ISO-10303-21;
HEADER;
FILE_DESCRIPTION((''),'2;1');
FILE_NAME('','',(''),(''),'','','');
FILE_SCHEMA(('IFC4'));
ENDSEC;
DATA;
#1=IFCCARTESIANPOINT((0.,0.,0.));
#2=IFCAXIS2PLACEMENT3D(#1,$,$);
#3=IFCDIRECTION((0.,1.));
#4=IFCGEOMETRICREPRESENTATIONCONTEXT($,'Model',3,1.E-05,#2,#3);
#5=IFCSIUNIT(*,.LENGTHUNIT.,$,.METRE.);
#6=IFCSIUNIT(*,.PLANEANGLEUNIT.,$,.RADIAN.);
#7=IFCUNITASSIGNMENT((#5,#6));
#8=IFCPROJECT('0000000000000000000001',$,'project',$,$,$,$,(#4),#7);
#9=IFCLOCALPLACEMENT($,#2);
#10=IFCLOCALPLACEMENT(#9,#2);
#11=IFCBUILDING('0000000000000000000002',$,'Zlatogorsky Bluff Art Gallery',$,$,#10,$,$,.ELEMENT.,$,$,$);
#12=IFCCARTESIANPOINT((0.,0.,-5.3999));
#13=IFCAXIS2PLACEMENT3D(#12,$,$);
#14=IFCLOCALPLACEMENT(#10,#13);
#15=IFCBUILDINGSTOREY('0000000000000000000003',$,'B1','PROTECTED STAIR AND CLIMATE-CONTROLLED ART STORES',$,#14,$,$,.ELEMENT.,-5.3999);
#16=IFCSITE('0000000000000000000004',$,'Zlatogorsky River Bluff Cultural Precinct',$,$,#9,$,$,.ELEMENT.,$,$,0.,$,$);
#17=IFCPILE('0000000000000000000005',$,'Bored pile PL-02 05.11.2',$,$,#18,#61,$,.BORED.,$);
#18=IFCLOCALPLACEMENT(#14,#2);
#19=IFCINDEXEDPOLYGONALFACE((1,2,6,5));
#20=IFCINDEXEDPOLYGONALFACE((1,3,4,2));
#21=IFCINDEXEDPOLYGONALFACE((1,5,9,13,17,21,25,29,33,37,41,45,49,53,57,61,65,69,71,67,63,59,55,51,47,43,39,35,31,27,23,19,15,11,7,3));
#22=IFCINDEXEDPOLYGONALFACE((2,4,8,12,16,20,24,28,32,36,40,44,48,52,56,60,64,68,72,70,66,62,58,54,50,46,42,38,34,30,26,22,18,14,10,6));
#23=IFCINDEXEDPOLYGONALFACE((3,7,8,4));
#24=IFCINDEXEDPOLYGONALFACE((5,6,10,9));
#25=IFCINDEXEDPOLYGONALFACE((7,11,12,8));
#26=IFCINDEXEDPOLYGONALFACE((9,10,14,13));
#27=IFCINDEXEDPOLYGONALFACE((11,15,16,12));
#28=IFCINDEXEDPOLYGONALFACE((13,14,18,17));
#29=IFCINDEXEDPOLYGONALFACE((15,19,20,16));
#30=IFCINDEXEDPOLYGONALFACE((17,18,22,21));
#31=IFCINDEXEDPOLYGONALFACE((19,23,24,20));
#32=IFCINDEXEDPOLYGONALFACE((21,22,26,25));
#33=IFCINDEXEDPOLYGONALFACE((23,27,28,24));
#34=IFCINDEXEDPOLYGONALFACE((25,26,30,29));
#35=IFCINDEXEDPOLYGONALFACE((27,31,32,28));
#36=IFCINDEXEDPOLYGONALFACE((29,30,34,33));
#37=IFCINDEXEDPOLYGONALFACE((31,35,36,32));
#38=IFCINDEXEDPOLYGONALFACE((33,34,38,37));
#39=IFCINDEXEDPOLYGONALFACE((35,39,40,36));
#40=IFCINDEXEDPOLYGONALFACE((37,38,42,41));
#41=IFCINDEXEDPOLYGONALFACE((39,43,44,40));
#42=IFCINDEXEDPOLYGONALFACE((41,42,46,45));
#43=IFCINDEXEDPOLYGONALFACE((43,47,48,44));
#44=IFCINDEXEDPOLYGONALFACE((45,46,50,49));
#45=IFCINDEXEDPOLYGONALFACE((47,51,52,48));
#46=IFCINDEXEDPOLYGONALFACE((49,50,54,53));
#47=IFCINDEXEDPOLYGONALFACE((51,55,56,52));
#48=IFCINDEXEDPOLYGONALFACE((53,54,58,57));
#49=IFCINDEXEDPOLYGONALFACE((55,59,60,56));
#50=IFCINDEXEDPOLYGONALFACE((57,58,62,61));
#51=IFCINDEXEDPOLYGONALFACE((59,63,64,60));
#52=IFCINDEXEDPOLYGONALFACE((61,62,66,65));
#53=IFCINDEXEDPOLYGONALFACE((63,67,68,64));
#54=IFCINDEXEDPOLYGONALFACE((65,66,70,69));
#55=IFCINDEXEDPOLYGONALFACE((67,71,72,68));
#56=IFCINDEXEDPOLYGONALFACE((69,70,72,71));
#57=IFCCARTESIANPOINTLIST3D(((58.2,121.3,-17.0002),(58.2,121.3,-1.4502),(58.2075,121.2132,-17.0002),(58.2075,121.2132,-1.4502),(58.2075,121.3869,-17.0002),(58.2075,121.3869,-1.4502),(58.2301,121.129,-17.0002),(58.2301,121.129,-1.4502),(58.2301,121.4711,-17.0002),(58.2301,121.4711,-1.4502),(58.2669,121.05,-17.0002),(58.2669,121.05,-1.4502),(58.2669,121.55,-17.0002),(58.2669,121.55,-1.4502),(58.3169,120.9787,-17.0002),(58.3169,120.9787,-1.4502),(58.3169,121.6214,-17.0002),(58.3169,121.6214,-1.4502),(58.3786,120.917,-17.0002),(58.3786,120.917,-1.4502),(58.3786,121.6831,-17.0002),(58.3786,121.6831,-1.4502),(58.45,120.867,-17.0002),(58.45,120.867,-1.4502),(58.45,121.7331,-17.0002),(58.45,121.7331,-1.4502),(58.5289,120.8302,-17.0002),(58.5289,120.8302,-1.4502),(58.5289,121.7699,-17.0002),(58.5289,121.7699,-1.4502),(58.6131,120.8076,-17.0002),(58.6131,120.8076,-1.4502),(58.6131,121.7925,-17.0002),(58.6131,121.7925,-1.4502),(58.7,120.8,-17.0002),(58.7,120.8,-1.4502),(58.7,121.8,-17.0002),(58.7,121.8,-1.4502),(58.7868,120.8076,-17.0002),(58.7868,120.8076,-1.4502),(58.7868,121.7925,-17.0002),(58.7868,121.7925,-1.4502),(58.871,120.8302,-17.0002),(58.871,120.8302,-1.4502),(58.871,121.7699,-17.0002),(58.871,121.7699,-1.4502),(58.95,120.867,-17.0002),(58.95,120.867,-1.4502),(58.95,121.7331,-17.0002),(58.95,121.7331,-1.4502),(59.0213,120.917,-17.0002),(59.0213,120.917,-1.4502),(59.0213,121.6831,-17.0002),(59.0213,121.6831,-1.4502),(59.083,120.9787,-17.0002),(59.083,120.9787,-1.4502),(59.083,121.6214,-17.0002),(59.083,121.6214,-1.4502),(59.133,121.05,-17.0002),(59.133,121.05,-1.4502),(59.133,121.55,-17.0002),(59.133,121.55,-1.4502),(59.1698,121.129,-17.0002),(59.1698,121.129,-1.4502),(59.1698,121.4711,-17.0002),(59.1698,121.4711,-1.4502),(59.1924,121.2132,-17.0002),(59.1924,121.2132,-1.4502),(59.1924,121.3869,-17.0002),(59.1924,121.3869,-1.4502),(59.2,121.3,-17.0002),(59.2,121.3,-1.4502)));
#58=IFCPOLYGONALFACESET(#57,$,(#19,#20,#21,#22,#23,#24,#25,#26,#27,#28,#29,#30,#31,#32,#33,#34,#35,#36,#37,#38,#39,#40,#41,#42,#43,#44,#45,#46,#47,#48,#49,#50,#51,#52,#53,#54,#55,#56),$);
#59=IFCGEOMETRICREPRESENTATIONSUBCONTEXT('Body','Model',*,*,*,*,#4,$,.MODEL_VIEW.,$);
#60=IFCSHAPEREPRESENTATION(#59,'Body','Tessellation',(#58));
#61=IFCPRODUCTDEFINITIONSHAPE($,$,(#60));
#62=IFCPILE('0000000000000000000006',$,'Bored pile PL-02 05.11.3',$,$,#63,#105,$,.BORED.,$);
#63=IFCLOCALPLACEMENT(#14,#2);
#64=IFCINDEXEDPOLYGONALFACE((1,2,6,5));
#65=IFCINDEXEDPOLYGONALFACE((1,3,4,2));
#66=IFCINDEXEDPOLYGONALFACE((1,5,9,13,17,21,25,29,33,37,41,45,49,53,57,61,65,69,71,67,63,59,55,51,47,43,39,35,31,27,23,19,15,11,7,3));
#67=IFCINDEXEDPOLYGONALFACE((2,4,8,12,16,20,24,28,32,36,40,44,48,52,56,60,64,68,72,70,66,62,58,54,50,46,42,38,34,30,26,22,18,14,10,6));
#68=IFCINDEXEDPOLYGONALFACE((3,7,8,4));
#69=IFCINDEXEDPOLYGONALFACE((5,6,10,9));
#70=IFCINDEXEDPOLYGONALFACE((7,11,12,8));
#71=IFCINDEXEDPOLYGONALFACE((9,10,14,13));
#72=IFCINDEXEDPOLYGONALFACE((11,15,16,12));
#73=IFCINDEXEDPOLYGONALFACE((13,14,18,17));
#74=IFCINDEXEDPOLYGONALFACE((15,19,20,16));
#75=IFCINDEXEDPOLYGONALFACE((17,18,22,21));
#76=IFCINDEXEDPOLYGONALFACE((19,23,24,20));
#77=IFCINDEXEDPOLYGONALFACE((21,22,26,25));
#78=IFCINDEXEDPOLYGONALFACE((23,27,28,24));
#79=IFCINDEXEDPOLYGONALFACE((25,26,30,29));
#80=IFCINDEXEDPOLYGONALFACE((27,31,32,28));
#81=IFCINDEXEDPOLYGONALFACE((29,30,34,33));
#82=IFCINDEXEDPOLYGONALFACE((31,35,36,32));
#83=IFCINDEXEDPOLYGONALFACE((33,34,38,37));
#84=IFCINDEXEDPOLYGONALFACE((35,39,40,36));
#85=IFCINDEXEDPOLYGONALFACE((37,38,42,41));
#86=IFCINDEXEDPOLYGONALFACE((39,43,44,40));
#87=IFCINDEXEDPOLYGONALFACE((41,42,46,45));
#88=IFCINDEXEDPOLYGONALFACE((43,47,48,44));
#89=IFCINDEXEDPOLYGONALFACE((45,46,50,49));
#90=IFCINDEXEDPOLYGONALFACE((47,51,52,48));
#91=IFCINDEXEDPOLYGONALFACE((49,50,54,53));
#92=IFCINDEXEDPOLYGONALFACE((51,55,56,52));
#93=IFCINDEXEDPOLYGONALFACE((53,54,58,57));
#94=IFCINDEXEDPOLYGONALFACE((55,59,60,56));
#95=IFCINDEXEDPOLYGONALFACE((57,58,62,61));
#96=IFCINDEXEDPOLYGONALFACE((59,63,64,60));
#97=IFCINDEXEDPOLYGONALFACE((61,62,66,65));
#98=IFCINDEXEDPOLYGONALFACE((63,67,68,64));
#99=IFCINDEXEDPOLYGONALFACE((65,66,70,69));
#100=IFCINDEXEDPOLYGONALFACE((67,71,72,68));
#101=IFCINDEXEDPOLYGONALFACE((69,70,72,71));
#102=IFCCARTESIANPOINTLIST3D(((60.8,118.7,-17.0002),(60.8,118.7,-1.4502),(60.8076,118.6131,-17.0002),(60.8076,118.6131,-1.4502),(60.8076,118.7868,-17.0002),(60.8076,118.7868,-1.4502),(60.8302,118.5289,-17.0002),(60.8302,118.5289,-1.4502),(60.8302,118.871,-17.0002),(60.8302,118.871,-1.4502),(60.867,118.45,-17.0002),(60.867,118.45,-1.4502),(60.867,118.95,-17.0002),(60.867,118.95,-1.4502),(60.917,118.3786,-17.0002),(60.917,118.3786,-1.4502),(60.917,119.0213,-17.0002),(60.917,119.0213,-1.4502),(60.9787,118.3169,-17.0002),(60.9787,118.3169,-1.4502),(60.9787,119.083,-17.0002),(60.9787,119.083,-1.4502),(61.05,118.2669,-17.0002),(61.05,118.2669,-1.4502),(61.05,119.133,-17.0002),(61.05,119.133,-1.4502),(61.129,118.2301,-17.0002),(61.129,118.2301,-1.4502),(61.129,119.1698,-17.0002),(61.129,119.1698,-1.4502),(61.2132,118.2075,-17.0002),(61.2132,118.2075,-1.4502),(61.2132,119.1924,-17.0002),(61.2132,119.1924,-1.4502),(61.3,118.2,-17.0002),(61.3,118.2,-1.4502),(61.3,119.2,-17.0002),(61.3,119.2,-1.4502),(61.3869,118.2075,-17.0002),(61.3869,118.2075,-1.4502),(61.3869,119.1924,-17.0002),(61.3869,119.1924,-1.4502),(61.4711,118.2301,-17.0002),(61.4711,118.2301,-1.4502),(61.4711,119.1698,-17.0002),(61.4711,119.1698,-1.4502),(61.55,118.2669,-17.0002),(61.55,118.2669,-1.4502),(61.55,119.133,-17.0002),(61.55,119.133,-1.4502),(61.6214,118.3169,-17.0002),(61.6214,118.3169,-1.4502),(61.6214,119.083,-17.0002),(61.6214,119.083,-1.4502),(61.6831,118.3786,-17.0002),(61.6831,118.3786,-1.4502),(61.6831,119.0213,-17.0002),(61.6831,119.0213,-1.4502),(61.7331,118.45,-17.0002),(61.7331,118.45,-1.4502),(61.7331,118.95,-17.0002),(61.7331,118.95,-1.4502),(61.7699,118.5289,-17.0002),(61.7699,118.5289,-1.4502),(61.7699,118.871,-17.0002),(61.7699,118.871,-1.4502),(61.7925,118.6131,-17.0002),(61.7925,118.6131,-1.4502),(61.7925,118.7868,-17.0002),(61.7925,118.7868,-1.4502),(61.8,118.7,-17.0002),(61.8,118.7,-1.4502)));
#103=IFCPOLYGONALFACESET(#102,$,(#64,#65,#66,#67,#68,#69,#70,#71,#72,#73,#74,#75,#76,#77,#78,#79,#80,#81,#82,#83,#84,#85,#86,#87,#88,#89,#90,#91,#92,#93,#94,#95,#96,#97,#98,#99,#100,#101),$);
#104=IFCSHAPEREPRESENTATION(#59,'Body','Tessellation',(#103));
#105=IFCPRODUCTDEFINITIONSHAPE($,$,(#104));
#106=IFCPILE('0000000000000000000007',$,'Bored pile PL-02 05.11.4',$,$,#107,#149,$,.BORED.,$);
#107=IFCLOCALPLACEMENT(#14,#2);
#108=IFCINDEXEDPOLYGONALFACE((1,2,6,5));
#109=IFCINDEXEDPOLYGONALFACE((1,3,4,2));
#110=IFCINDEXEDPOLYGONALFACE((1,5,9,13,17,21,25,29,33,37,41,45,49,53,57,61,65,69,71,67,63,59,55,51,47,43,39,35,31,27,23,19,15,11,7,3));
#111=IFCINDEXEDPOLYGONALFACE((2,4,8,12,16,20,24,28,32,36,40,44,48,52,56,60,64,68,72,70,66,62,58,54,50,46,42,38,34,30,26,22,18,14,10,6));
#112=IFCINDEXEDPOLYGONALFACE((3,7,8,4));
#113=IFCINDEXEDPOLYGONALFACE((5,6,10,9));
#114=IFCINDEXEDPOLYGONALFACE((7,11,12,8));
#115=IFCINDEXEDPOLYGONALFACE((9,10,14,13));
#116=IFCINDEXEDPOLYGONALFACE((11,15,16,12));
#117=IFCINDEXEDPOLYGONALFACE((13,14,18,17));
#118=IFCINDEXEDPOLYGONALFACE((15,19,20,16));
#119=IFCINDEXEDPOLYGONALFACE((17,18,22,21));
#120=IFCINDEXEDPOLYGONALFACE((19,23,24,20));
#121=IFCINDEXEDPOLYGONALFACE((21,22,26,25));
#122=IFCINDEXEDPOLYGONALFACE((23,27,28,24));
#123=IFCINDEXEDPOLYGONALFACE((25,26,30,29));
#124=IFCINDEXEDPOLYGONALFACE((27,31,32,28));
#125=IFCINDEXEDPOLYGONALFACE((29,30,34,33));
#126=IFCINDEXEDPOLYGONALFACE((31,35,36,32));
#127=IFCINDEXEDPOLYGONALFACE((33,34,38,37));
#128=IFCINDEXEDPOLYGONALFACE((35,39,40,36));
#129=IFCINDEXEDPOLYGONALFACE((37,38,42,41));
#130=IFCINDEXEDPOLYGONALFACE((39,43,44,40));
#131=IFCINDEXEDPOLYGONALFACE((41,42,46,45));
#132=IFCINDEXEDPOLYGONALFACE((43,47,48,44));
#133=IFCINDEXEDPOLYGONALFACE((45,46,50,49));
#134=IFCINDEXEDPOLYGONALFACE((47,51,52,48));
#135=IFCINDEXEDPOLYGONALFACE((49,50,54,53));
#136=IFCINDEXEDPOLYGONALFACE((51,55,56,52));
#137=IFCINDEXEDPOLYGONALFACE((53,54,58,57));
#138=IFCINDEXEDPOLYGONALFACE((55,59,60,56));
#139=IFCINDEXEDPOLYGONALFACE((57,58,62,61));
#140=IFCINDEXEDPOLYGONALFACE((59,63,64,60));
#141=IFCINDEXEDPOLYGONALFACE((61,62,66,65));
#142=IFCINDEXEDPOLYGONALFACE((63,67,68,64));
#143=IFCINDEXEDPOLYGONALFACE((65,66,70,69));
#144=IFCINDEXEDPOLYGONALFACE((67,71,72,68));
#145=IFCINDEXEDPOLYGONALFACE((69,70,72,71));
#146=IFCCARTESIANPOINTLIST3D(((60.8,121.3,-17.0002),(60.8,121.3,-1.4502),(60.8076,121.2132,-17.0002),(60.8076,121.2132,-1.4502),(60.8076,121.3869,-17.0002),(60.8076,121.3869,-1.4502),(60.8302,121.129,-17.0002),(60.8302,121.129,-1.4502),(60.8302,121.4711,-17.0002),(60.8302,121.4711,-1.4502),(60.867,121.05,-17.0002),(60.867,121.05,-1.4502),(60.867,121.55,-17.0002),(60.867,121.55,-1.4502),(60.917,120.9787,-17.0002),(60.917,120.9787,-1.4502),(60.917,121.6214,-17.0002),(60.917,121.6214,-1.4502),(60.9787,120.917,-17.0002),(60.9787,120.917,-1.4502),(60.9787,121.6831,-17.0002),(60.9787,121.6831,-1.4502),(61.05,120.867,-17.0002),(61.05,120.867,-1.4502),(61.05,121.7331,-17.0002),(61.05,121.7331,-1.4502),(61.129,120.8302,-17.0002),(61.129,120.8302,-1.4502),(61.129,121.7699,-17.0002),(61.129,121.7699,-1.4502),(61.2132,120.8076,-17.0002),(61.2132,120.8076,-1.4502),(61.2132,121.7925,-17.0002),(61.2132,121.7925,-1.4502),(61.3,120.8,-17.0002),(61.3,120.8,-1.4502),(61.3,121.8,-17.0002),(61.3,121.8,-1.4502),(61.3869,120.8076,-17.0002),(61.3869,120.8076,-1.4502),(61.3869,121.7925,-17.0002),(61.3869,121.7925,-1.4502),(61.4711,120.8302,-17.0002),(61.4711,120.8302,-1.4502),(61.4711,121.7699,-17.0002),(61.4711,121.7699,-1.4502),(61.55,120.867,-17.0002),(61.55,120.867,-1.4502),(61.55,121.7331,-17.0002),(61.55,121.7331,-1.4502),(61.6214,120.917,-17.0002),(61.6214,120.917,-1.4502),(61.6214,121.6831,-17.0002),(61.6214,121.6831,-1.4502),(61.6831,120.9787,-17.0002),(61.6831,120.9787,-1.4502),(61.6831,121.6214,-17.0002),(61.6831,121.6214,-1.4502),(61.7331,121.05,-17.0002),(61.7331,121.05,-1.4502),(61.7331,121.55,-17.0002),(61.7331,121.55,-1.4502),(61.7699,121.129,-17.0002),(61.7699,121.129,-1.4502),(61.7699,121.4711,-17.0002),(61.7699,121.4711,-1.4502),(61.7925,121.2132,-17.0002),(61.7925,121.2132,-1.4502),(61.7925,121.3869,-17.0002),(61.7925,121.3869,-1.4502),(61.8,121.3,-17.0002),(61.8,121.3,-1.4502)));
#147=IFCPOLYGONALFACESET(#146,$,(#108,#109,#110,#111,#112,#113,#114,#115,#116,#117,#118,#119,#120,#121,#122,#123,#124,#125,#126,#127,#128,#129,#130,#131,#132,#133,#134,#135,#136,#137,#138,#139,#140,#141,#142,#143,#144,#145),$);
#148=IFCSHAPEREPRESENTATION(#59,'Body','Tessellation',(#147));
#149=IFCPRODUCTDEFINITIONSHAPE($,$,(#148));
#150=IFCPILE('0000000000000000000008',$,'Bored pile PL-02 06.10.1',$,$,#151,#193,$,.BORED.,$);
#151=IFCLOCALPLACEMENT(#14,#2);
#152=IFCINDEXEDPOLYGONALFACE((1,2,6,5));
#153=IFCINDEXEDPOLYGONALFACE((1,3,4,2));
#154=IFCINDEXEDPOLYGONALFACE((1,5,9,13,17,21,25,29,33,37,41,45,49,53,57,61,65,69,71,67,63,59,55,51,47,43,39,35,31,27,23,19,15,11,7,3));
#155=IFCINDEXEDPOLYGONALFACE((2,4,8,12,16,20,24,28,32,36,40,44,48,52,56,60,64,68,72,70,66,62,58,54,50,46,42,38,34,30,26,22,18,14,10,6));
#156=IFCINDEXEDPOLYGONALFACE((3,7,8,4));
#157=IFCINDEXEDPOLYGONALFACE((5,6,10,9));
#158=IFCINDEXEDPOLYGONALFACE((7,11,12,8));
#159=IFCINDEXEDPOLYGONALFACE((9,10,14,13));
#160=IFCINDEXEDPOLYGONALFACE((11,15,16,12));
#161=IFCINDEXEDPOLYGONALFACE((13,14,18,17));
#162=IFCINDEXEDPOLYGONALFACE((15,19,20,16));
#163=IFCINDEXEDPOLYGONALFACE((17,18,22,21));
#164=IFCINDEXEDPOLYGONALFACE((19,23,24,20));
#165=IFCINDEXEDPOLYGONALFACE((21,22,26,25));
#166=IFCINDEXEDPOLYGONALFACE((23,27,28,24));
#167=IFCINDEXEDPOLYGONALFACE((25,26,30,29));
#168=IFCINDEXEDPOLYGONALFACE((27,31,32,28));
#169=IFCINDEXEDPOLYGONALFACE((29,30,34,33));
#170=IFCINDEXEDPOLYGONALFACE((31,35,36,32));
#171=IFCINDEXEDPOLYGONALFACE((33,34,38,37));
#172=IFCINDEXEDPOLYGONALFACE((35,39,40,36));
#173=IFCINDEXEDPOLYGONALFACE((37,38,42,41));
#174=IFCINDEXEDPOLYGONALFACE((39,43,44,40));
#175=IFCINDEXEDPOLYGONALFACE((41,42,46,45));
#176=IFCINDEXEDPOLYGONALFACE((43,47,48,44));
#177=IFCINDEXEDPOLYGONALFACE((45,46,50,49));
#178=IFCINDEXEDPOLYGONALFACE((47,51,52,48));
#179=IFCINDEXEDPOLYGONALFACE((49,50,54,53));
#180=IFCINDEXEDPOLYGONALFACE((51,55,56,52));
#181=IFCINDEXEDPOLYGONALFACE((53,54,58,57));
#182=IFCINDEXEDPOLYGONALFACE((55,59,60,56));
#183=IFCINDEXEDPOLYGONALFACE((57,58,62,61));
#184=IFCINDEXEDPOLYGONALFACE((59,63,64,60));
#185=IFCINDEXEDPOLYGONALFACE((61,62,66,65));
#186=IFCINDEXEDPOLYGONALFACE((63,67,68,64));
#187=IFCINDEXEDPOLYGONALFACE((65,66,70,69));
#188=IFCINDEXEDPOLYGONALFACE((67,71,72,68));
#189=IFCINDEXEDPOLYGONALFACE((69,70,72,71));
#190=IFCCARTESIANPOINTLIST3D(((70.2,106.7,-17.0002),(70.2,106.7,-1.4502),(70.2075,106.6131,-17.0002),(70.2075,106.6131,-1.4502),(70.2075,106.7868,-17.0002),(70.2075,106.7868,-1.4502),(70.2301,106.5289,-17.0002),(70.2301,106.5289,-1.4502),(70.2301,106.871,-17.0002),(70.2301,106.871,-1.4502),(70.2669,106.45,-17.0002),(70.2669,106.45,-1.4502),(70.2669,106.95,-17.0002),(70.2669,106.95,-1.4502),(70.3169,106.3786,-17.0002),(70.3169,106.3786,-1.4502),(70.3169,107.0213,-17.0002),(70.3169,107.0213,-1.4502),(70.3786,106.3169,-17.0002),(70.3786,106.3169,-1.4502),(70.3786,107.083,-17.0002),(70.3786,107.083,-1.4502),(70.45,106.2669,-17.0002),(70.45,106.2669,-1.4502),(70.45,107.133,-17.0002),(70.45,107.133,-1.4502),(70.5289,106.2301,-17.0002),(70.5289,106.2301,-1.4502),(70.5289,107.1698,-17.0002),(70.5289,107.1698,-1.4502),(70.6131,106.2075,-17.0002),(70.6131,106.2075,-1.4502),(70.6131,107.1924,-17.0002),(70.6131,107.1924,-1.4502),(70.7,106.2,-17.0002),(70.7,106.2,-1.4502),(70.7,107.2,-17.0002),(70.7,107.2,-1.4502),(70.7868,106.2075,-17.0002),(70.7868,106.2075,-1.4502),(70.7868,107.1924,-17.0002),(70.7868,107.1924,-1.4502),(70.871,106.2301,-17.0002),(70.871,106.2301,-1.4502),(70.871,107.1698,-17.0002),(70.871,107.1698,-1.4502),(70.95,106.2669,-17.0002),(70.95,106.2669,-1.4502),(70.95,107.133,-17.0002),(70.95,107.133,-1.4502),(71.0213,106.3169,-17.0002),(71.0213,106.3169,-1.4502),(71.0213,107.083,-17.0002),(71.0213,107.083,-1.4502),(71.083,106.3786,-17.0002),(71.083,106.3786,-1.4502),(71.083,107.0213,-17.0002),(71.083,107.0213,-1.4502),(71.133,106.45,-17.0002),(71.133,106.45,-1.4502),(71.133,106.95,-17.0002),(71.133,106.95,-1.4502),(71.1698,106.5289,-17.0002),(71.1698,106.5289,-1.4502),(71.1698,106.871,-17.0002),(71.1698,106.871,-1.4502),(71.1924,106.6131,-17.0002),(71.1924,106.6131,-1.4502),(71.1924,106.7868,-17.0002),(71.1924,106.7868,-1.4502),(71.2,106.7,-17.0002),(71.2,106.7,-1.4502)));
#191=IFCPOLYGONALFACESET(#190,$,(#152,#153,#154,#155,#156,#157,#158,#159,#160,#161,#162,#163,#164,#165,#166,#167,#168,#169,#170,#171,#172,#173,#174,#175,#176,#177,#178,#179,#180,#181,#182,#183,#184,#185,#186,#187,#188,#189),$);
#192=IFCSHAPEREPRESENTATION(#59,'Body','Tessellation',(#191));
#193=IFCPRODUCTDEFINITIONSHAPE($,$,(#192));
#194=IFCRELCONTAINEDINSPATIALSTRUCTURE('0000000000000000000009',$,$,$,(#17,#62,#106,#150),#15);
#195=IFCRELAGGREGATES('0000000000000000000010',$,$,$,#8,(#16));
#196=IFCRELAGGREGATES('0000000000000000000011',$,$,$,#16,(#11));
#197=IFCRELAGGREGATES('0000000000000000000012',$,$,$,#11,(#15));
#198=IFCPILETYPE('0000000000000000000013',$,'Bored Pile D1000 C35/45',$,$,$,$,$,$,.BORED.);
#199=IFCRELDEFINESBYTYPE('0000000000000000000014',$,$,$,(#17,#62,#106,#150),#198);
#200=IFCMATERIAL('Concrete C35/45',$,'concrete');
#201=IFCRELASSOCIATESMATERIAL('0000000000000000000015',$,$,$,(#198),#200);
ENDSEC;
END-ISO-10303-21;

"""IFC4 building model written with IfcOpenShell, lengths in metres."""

from ifc_helpers import new_model, si_unit, direction, frame, origin, origin_2d, place, context, subcontext, project, spatial, circle, extrude, material, material_profile, profile_set, type_object, element, save


model = new_model("IFC4")

# Units and contexts
model_context = context("Model", 3, precision=1e-05, world=origin(), true_north=direction((0.0, 1.0)))
body_context = subcontext(model_context, "Body", "Model", "MODEL_VIEW")
ifc_project = project(units=[si_unit("LENGTHUNIT", "METRE"), si_unit("PLANEANGLEUNIT", "RADIAN")], contexts=[model_context])

# Site, building, storey
site_placement = place(None, origin())
site = spatial("IfcSite", under=ifc_project, at=site_placement, Name="Zlatogorsky River Bluff Cultural Precinct", CompositionType="ELEMENT", RefElevation=0.0)
building_placement = place(site_placement, origin())
building = spatial("IfcBuilding", under=site, at=building_placement, Name="Zlatogorsky Bluff Art Gallery", CompositionType="ELEMENT")
storey_placement = place(building_placement, frame((0.0, 0.0, -5.3999)))
storey = spatial("IfcBuildingStorey", under=building, at=storey_placement, Name="B1", Description="PROTECTED STAIR AND CLIMATE-CONTROLLED ART STORES", CompositionType="ELEMENT", Elevation=-5.3999)

# Piles
ifc_material_1 = material(Name="Concrete C35/45", Category="concrete")
ifc_material_profile_1 = material_profile(ifc_material_1, circle(Radius=0.5, at=origin_2d()), Name="BORED PILE D1000")
ifc_profile_set_1 = profile_set([ifc_material_profile_1], Name="Concrete C35/45")
pile_type = type_object("IfcPileType", Name="Bored Pile D1000 C35/45", PredefinedType="BORED", material=ifc_profile_set_1)
for number, where, z_axis, x_axis, name in (
    (1, (58.7, 121.3, -1.4502), (0.0, 0.0, -1.0), (1.0, 0.0, 0.0), "Bored pile PL-02 05.11.2"),
    (2, (61.3, 118.7, -1.4502), (0.0, 0.0, -1.0), (1.0, 0.0, 0.0), "Bored pile PL-02 05.11.3"),
    (3, (61.3, 121.3, -1.4502), (0.0, 0.0, -1.0), (1.0, 0.0, 0.0), "Bored pile PL-02 05.11.4"),
    (4, (70.7, 106.7, -1.4502), (0.0, 0.0, -1.0), (1.0, 0.0, 0.0), "Bored pile PL-02 06.10.1"),
):
    element("IfcPile", number, at=place(storey_placement, frame(where, z_axis=z_axis, x_axis=x_axis)), inside=storey, type_object=pile_type, Name=name, PredefinedType="BORED", context=body_context, shape_type="SweptSolid", body=[
        extrude(circle(Radius=0.5, at=origin_2d()), origin(), (0.0, 0.0, 1.0), 15.55),
    ])

save(model, "model.ifc")
